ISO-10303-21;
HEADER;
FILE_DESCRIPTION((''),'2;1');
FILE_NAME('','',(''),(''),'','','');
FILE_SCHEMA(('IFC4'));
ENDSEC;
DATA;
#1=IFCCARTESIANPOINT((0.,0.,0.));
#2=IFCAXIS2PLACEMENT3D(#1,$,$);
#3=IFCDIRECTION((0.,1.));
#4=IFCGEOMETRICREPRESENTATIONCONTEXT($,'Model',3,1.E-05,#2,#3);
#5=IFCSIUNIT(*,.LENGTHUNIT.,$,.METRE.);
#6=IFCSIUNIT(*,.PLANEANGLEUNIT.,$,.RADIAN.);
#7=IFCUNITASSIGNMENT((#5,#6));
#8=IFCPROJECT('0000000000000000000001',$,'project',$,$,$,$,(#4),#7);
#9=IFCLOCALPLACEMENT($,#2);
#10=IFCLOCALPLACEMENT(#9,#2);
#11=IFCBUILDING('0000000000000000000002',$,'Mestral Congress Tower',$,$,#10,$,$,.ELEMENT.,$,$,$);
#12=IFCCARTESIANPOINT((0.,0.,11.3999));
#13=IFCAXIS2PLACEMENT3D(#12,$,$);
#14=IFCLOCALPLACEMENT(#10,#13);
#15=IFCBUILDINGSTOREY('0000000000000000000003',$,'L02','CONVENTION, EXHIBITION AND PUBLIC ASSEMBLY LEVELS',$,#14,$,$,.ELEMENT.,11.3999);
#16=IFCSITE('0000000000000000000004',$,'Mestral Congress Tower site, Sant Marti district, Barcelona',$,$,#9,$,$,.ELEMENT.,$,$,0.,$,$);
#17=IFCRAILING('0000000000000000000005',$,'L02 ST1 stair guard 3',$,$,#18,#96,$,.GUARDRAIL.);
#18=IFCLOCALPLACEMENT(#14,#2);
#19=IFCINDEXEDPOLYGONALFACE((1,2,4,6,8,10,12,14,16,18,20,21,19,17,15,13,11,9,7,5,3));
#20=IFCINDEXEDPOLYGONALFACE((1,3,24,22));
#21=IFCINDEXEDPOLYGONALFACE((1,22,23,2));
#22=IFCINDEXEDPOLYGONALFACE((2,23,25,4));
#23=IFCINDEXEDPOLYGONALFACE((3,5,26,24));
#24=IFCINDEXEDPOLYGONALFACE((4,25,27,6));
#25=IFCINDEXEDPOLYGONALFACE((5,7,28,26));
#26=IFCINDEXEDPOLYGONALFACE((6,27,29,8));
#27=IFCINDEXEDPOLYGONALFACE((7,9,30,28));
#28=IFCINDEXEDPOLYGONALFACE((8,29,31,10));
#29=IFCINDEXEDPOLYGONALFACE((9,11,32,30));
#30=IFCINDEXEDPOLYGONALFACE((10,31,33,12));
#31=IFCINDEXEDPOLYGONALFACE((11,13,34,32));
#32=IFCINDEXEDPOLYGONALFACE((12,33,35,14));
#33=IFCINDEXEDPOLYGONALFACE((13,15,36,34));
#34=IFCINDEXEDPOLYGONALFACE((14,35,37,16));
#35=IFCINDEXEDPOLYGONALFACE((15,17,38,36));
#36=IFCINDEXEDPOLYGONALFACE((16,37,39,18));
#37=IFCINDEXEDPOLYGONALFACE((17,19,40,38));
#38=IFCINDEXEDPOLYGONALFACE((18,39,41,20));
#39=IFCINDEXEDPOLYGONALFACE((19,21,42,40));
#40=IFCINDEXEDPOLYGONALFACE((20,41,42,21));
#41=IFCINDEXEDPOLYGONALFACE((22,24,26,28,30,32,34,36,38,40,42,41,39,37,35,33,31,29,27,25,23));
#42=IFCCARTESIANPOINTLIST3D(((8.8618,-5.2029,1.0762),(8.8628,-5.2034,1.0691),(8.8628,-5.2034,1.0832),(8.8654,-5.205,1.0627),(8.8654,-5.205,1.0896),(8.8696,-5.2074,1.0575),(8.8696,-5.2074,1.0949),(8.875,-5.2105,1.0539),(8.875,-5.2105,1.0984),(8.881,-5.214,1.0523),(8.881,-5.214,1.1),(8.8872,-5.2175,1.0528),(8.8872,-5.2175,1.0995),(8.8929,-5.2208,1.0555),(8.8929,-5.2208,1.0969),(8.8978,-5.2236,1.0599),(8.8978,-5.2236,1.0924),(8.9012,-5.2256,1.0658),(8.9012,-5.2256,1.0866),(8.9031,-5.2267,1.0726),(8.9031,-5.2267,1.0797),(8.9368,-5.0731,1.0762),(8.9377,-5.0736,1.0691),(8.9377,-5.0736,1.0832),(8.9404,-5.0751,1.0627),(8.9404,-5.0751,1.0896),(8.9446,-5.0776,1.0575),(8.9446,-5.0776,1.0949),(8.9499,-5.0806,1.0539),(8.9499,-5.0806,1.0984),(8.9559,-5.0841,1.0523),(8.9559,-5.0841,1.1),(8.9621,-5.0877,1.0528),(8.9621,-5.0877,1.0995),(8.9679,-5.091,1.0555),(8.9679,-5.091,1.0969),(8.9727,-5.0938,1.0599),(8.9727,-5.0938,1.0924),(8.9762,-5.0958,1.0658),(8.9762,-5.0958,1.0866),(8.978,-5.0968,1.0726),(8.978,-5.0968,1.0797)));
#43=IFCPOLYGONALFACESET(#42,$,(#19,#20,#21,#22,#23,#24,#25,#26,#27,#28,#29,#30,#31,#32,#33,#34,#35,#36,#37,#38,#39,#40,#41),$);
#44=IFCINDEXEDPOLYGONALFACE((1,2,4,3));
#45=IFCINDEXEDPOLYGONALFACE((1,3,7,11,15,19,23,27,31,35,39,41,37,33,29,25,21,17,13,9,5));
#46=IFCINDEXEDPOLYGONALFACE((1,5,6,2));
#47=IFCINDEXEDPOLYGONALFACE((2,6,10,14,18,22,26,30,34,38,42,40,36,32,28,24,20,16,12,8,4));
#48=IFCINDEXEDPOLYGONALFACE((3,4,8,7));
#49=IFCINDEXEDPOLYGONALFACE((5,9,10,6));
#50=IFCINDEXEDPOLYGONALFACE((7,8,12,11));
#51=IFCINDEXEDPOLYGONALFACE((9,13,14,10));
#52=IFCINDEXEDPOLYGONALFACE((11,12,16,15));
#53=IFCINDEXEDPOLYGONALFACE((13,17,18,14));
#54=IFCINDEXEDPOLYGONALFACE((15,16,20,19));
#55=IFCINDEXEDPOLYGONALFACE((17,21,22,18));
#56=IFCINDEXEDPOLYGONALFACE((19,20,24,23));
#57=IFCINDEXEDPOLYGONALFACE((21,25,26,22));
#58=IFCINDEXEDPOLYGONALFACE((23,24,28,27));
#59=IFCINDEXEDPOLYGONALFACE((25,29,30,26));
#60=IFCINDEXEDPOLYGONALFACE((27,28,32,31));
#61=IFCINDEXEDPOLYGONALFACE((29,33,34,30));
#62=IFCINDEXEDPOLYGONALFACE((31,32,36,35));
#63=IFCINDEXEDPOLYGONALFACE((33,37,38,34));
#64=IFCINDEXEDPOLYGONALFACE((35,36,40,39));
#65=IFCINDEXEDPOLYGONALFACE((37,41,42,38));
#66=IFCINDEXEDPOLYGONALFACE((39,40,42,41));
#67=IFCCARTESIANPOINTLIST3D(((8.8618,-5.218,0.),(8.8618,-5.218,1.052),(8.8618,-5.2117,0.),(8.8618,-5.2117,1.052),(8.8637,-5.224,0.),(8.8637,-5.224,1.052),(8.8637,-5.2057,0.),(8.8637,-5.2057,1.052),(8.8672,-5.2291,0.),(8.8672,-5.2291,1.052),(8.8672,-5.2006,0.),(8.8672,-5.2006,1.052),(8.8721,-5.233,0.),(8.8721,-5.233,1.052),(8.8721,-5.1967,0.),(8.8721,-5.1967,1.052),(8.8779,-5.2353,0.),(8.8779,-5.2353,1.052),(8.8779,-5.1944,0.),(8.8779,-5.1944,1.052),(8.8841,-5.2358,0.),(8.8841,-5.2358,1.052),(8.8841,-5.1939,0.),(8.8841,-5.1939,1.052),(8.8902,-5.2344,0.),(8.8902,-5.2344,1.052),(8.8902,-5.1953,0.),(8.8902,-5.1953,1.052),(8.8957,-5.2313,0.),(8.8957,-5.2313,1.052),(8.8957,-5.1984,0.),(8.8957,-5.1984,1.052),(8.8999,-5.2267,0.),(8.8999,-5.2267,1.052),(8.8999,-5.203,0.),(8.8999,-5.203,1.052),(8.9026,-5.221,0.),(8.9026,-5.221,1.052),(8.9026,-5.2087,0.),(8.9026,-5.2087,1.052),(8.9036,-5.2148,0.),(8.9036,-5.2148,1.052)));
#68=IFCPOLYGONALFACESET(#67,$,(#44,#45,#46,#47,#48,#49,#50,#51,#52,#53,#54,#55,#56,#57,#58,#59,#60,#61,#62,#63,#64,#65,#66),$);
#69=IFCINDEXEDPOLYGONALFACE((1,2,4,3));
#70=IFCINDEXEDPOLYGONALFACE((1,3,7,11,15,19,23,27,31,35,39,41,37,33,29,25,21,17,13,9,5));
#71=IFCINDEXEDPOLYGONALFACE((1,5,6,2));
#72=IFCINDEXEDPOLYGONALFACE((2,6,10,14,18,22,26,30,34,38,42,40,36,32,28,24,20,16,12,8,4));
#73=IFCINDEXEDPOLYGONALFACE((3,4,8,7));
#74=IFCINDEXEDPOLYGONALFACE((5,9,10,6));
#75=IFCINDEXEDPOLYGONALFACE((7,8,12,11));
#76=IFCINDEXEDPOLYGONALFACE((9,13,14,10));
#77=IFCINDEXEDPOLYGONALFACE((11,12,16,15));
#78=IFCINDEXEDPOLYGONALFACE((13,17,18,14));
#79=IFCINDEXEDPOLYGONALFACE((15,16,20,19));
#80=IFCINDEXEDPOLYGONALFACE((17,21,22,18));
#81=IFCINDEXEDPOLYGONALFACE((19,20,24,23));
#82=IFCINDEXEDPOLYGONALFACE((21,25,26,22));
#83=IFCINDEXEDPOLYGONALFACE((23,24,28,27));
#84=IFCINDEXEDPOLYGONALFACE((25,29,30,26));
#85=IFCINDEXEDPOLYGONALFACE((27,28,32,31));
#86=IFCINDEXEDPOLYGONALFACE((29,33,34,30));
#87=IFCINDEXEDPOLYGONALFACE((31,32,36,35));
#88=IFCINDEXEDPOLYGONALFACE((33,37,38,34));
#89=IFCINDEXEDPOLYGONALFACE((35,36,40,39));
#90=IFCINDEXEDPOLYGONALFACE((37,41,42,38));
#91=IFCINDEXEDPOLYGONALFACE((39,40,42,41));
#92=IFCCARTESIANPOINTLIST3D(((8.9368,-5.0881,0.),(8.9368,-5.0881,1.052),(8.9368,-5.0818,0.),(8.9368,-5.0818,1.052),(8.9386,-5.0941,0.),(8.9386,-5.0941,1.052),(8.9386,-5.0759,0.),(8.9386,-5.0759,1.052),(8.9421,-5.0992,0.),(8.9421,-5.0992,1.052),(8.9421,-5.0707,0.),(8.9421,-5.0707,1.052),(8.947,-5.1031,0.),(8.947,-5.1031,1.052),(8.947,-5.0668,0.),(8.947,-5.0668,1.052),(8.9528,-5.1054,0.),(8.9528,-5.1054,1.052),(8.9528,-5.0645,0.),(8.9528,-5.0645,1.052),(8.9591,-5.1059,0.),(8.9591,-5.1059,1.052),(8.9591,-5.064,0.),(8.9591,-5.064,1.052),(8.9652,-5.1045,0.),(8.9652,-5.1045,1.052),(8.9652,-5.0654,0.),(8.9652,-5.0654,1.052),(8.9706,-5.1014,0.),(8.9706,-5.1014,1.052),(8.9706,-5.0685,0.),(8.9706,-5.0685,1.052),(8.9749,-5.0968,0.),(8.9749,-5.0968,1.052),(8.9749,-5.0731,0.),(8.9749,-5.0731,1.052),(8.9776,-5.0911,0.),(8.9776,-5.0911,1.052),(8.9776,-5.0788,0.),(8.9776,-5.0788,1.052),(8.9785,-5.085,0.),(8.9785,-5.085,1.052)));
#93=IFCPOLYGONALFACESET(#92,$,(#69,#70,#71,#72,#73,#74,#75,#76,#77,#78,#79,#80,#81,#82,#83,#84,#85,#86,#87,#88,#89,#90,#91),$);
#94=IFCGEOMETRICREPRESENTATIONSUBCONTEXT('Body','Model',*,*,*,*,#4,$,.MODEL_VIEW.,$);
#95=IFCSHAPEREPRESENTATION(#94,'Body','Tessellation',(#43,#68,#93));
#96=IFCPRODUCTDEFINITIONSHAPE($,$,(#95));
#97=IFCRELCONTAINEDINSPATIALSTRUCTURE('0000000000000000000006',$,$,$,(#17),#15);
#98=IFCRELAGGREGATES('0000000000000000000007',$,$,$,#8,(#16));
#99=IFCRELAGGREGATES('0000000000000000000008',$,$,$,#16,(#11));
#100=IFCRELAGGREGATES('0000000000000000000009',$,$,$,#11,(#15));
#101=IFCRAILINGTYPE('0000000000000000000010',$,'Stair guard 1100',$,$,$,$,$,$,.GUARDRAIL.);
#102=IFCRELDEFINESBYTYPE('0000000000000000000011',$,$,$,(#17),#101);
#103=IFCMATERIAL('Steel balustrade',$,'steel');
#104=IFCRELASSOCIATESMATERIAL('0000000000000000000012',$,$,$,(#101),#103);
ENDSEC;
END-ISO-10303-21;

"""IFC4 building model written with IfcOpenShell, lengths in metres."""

from ifc_helpers import new_model, si_unit, direction, frame, origin, origin_2d, place, context, subcontext, project, spatial, circle, extrude, material, type_object, element, save


model = new_model("IFC4")

# Units and contexts
model_context = context("Model", 3, precision=1e-05, world=origin(), true_north=direction((0.0, 1.0)))
body_context = subcontext(model_context, "Body", "Model", "MODEL_VIEW")
ifc_project = project(units=[si_unit("LENGTHUNIT", "METRE"), si_unit("PLANEANGLEUNIT", "RADIAN")], contexts=[model_context])

# Site, building, storey
site_placement = place(None, origin())
site = spatial("IfcSite", under=ifc_project, at=site_placement, Name="Mestral Congress Tower site, Sant Marti district, Barcelona", CompositionType="ELEMENT", RefElevation=0.0)
building_placement = place(site_placement, origin())
building = spatial("IfcBuilding", under=site, at=building_placement, Name="Mestral Congress Tower", CompositionType="ELEMENT")
storey_placement = place(building_placement, frame((0.0, 0.0, 11.3999)))
storey = spatial("IfcBuildingStorey", under=building, at=storey_placement, Name="L02", Description="CONVENTION, EXHIBITION AND PUBLIC ASSEMBLY LEVELS", CompositionType="ELEMENT", Elevation=11.3999)

# Railing
ifc_material_1 = material(Name="Steel balustrade", Category="steel")
railing_type_1 = type_object("IfcRailingType", Name="Stair guard 1100", PredefinedType="GUARDRAIL", material=ifc_material_1)
railing_1_placement = place(storey_placement, frame((8.8826, -5.2148, 0.0)))
element("IfcRailing", 1, at=railing_1_placement, inside=storey, type_object=railing_type_1, Name="L02 ST1 stair guard 3", PredefinedType="GUARDRAIL", context=body_context, shape_type="SweptSolid", body=[
    extrude(circle(Radius=0.0239, at=origin_2d()), frame((0.0, 0.0, 1.0762), z_axis=(0.499816, 0.866131, 0.0), x_axis=(-0.866131, 0.499816, 0.0)), (0.0, 0.0, 1.0), 0.1499),
    extrude(circle(Radius=0.021, at=origin_2d()), origin(), (0.0, 0.0, 1.0), 1.052),
    extrude(circle(Radius=0.021, at=origin_2d()), frame((0.075, 0.1299, 0.0)), (0.0, 0.0, 1.0), 1.052),
])

save(model, "model.ifc")
